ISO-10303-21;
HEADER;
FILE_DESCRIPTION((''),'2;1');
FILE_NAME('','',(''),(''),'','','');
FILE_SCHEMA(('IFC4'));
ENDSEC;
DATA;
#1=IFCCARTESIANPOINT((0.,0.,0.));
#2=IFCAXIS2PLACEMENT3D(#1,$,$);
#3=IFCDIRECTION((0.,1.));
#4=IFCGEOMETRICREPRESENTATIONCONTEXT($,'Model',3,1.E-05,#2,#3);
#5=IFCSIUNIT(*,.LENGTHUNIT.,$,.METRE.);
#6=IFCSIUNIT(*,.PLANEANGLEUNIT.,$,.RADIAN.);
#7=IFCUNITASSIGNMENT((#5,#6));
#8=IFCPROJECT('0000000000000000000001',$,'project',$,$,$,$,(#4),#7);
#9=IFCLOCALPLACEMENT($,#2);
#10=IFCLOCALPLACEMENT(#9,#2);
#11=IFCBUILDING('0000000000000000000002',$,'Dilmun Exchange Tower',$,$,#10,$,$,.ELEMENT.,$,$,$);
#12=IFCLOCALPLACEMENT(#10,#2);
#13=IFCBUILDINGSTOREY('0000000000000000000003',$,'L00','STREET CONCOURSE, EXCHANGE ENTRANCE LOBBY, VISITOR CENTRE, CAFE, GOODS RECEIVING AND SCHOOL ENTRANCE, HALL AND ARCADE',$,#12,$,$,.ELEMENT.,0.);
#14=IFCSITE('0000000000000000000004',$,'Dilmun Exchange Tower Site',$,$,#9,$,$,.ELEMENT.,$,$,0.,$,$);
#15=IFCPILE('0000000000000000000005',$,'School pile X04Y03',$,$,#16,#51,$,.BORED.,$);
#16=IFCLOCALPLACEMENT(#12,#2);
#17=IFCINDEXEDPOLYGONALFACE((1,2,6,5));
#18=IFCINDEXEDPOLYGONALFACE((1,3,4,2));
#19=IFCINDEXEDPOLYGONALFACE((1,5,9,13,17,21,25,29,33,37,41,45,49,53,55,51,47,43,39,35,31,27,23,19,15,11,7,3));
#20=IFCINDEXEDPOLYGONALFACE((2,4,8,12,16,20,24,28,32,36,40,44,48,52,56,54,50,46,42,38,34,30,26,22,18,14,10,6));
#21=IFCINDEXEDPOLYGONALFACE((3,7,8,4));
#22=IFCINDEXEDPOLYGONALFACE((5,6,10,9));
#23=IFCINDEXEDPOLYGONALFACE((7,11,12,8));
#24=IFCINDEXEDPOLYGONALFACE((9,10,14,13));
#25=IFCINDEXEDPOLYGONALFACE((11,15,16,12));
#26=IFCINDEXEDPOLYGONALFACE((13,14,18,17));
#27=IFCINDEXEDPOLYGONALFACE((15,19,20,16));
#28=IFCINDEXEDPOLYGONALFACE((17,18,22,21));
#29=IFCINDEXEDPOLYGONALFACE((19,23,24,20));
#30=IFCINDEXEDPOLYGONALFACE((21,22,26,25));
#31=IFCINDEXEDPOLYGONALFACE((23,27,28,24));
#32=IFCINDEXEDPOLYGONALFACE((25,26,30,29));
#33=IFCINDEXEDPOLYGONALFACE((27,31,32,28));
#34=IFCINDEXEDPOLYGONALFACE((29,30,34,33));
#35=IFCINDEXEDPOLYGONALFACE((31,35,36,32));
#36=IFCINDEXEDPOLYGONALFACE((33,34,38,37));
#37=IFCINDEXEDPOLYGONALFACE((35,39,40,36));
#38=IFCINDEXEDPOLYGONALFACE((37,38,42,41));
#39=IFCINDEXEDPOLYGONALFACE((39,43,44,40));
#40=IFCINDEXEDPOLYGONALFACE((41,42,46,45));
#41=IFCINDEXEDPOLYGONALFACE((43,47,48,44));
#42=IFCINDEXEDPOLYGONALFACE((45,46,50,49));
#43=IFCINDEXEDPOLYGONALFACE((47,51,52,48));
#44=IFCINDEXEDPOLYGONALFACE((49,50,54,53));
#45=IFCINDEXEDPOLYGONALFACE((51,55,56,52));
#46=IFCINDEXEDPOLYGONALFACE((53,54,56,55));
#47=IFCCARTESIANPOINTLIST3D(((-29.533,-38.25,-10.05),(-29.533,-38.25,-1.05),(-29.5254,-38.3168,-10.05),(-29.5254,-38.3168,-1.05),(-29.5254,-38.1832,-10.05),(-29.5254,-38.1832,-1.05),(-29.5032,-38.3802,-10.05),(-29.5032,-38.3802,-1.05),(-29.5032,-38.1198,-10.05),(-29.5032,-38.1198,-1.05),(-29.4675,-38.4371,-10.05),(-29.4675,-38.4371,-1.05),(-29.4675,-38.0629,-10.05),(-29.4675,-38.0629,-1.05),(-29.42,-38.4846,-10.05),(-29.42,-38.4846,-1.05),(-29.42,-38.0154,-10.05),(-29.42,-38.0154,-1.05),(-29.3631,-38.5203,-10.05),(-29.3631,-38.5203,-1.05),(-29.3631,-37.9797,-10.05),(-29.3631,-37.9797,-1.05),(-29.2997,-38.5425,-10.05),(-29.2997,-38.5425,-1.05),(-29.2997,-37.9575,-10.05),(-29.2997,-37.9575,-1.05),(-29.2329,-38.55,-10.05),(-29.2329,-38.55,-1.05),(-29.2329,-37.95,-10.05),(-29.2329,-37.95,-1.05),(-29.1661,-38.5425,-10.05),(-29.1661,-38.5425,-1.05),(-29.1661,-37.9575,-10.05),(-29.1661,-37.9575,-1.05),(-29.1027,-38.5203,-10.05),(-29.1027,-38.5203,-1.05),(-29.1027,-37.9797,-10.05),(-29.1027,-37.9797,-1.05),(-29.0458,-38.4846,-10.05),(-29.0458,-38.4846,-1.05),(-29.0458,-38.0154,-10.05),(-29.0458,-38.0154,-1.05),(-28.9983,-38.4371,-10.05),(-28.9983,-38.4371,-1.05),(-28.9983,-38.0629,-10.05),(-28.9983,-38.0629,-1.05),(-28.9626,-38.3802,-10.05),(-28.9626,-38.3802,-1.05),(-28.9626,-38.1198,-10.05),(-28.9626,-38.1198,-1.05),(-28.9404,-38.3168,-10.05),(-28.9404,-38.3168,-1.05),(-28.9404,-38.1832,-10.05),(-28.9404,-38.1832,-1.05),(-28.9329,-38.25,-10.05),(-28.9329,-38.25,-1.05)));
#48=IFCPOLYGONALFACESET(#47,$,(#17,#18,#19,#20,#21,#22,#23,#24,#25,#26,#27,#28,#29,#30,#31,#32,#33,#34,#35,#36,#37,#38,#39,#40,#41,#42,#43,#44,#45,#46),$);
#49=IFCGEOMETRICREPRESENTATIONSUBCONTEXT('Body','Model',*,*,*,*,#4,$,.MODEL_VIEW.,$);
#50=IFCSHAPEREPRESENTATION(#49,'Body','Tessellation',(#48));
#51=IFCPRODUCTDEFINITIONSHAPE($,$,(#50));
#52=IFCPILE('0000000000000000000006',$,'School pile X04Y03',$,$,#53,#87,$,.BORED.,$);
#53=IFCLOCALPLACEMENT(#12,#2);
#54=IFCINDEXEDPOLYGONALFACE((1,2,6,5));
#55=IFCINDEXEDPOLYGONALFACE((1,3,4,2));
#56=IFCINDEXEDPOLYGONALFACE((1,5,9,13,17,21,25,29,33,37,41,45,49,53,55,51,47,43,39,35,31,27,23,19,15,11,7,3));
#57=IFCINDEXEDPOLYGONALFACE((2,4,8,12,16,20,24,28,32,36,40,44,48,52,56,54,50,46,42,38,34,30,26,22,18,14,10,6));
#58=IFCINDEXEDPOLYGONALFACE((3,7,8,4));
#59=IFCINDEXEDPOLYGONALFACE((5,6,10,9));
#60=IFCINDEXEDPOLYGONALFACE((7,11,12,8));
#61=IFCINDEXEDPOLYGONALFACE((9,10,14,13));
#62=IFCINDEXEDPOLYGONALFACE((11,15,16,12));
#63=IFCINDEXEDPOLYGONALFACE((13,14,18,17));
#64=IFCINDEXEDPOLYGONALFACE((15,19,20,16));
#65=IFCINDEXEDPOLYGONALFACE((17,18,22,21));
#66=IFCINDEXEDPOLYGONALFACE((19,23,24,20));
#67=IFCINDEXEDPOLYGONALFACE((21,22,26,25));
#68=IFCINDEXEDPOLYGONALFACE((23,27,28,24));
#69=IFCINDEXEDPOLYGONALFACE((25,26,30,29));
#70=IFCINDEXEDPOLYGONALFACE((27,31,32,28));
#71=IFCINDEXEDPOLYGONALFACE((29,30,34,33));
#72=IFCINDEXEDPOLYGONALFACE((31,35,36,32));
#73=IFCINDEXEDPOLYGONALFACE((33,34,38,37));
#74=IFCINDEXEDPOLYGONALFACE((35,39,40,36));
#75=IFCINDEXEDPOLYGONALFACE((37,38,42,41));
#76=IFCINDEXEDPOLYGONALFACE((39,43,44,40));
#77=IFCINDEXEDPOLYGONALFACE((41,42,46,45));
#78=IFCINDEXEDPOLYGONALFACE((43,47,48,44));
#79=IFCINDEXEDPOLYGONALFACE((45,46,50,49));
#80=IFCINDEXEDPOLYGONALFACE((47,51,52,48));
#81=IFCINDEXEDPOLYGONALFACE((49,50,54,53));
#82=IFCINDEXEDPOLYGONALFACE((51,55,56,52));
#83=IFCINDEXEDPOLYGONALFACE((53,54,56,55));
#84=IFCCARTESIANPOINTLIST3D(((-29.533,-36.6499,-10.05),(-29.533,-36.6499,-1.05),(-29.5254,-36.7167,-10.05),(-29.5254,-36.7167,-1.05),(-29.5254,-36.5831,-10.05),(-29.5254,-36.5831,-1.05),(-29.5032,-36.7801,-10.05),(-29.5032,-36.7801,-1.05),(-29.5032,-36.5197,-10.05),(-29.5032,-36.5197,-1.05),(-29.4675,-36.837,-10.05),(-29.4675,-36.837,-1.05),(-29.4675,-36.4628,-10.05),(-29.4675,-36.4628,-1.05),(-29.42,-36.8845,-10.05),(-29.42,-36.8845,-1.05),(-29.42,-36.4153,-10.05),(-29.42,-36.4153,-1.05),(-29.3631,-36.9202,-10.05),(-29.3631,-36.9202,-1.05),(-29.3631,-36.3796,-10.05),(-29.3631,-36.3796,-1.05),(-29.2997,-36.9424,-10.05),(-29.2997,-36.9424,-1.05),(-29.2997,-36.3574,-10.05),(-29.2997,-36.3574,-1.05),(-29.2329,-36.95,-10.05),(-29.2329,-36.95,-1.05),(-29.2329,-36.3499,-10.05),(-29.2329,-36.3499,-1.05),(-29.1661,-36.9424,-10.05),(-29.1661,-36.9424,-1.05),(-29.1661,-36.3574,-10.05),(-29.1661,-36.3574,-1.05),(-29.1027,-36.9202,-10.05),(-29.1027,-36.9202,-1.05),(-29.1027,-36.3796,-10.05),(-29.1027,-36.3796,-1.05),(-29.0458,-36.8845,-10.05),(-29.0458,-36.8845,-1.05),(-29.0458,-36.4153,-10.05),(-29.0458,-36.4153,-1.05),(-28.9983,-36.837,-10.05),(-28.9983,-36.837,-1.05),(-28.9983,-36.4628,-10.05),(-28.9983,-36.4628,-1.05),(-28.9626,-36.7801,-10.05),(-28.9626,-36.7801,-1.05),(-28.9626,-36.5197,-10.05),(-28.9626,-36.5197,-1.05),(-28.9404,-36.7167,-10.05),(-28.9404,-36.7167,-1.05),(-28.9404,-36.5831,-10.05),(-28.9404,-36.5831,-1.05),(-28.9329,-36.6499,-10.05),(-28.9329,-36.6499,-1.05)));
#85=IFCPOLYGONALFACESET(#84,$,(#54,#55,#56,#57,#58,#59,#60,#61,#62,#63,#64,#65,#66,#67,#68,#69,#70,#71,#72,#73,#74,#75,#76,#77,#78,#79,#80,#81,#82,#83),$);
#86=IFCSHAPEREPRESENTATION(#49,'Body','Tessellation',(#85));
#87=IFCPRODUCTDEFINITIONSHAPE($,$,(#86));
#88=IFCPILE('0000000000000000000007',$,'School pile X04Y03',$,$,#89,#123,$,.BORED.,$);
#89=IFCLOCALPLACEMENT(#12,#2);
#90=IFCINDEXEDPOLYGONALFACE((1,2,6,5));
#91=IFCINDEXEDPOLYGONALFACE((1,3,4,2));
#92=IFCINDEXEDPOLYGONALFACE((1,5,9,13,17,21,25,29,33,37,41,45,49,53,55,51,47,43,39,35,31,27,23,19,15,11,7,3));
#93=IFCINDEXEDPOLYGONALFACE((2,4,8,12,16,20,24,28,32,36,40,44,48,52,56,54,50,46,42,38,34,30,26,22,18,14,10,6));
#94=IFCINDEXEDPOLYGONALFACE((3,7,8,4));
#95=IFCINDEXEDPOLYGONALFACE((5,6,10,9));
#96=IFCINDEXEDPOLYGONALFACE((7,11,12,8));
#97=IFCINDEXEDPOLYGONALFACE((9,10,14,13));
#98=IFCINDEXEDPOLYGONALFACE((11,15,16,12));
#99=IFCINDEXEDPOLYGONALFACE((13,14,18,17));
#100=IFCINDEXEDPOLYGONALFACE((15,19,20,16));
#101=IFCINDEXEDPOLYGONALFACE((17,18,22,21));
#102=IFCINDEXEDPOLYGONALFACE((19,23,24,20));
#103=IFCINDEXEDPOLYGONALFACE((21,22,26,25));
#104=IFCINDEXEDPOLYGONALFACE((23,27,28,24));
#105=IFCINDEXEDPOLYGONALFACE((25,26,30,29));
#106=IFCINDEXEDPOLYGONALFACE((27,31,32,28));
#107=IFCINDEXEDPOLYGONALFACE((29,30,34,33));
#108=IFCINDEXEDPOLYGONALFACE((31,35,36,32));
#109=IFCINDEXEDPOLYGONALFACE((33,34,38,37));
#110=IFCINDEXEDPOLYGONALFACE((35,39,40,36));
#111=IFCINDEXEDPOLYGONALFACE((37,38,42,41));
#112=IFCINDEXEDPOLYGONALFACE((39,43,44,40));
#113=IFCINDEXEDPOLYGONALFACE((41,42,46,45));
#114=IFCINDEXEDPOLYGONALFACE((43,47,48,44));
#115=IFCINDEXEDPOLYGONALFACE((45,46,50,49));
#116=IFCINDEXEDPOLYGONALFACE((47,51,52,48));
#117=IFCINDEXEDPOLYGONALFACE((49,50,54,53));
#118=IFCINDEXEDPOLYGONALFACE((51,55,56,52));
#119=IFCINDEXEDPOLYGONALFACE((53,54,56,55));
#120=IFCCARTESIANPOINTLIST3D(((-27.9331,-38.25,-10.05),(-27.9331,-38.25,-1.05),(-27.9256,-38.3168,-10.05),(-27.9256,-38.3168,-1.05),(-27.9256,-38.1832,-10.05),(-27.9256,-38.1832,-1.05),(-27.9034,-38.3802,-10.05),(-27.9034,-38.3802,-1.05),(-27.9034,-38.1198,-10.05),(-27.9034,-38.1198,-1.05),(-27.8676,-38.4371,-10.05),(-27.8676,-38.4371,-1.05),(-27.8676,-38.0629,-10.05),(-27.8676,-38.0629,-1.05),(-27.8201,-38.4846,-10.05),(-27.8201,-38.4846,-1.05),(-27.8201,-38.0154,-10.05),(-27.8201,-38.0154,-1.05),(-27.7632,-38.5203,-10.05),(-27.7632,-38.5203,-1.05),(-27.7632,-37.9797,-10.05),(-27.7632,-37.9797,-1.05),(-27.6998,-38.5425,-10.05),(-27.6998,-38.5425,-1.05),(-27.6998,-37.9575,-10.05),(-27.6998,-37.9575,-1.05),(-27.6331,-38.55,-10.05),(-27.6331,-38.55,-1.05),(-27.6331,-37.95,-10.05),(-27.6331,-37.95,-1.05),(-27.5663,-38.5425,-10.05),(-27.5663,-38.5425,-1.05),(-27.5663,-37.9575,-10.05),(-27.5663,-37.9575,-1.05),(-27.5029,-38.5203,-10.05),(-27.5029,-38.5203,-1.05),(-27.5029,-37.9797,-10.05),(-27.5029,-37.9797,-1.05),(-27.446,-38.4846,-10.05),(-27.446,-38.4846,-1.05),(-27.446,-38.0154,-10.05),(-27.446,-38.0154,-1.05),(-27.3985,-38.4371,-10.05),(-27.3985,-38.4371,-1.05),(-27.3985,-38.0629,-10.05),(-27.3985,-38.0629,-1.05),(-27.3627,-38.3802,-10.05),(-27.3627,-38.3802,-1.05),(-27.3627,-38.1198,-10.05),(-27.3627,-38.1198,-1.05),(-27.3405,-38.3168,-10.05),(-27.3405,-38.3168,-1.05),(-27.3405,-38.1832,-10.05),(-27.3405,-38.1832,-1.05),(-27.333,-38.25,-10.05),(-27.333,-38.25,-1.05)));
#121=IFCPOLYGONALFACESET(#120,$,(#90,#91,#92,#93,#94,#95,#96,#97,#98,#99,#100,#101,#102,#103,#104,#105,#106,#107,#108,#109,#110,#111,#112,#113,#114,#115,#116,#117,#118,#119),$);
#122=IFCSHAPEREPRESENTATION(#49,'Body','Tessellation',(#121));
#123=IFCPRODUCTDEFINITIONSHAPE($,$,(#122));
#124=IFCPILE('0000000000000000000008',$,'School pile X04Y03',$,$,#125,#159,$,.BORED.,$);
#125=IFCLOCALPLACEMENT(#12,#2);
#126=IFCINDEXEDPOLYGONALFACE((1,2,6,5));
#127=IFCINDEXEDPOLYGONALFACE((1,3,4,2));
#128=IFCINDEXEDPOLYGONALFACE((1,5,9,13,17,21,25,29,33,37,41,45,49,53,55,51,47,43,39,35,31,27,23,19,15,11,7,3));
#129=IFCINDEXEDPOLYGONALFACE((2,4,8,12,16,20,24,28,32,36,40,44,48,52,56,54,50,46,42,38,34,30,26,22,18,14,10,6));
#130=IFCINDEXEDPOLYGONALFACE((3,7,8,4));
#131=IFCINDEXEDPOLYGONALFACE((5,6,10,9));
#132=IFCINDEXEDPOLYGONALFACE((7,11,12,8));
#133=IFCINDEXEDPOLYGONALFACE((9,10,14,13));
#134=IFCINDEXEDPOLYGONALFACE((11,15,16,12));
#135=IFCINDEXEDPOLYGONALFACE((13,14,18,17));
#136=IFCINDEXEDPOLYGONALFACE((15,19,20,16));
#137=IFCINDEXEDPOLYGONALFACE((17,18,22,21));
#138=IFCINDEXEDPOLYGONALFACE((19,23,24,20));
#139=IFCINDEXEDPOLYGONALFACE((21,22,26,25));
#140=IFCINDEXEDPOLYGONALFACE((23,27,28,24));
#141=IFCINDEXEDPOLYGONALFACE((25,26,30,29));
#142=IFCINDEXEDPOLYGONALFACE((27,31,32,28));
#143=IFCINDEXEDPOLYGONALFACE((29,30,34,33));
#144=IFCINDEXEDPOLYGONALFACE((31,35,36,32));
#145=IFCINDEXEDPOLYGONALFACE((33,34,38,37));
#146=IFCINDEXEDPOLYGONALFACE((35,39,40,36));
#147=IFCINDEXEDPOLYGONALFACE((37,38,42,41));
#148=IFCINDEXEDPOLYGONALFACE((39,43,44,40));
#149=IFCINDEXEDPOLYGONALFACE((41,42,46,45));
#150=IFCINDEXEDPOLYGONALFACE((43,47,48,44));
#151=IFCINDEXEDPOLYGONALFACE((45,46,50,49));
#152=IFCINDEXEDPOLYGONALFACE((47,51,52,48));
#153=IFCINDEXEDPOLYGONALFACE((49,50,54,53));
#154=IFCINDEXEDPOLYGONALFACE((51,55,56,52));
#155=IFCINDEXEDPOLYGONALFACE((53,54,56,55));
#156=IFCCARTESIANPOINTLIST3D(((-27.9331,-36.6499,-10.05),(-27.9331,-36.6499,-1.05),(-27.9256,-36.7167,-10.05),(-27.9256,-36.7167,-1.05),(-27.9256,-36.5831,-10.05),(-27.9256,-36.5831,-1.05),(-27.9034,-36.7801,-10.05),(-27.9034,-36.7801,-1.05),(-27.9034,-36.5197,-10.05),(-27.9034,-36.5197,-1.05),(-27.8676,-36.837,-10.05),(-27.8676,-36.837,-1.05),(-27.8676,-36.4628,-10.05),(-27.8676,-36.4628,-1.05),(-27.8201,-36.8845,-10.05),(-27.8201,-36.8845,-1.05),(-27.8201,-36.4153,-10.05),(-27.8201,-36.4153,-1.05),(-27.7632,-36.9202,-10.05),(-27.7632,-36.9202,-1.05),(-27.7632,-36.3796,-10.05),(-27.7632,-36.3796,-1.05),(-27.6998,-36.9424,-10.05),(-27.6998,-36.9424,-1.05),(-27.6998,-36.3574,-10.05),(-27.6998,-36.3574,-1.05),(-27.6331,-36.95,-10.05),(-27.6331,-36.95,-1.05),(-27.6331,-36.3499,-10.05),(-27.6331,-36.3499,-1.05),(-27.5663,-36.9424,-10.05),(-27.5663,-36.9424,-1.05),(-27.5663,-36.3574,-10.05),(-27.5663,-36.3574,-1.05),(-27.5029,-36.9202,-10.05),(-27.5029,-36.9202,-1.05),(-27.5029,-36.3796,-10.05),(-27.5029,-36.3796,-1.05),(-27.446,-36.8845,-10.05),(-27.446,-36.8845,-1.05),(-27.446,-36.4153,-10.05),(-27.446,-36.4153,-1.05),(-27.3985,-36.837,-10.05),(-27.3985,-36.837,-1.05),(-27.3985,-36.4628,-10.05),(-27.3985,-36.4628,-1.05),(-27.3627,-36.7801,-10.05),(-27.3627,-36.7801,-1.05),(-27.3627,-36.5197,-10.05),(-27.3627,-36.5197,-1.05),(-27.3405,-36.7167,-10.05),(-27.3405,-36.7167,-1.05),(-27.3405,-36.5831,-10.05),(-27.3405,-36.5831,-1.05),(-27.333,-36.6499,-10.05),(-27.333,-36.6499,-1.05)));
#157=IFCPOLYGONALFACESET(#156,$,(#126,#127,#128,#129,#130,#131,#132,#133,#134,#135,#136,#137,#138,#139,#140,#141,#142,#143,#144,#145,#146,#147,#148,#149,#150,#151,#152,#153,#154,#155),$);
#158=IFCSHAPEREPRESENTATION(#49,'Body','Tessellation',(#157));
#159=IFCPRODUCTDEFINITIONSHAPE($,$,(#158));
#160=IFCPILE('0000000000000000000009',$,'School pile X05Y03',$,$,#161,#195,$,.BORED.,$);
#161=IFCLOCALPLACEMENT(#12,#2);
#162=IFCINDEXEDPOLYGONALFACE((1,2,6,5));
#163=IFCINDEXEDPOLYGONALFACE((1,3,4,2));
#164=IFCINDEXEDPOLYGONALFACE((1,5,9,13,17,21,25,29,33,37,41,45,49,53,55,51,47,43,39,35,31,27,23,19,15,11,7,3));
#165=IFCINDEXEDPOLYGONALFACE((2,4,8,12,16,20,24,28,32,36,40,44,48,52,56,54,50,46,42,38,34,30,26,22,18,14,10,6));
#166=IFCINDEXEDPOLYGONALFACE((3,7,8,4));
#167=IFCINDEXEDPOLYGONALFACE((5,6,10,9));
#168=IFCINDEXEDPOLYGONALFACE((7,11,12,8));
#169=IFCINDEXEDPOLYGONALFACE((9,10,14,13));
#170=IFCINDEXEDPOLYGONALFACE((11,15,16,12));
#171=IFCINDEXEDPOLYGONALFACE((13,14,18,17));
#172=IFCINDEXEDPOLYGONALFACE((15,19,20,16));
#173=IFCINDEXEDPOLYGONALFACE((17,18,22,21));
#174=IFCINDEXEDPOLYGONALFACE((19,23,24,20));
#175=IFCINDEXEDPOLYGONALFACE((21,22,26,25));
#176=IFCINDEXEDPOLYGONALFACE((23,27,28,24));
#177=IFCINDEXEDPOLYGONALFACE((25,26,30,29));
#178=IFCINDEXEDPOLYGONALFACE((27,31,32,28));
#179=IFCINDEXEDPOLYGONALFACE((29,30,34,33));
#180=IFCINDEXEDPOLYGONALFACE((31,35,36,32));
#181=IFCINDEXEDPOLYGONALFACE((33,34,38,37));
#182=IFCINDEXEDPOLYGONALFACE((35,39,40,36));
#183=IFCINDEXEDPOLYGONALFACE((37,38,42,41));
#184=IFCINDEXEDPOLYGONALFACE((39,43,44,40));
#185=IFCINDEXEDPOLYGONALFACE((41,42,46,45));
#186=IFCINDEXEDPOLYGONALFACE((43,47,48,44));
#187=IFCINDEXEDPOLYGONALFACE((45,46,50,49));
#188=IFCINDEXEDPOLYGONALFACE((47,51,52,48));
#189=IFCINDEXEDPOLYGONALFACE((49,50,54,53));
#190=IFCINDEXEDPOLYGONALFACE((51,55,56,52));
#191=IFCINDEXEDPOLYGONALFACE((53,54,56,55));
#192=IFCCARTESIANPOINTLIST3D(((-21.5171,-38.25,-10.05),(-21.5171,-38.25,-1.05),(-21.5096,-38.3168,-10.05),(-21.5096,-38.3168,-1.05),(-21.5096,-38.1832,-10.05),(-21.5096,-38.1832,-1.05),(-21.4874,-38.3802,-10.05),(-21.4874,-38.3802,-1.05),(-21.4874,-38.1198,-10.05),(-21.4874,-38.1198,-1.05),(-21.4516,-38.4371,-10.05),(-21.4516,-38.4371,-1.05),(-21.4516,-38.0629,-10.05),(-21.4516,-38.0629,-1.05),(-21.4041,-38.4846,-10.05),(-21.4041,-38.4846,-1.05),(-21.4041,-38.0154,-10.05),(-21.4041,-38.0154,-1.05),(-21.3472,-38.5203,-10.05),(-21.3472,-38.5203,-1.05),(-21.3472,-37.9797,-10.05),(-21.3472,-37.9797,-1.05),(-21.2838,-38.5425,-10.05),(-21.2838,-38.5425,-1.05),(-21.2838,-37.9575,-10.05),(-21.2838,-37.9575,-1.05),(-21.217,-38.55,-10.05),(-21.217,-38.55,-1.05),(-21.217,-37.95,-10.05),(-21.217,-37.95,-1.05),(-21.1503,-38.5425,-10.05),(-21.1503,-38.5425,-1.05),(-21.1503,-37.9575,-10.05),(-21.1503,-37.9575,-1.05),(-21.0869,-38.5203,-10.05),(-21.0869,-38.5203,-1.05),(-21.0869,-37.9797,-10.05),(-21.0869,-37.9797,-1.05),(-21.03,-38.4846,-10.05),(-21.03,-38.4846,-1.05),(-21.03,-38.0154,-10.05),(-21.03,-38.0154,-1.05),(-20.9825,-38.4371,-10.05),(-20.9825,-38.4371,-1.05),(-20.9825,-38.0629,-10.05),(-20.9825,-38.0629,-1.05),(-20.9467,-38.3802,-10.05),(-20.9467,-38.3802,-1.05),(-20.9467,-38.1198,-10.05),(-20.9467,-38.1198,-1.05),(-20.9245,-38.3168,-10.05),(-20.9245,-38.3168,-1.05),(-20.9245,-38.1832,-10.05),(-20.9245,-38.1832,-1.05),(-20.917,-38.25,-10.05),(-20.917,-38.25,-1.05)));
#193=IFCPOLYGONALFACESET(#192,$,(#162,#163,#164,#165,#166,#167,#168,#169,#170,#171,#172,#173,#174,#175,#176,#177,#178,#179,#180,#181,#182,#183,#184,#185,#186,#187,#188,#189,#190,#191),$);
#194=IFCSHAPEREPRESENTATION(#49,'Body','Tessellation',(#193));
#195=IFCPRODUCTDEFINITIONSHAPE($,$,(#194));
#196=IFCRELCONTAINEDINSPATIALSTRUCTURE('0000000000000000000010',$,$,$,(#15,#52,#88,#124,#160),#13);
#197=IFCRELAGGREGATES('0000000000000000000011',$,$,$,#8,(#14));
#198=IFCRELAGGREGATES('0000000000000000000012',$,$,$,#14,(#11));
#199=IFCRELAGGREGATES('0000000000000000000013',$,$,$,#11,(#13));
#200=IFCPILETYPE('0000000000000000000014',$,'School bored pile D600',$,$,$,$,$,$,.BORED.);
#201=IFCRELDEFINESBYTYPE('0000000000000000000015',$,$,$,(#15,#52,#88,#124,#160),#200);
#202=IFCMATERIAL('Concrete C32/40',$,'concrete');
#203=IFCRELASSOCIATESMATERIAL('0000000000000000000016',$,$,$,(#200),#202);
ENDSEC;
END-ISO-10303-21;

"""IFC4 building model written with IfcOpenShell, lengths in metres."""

from ifc_helpers import new_model, si_unit, direction, frame, origin, origin_2d, place, context, subcontext, project, spatial, circle, extrude, material, material_profile, profile_set, type_object, element, save


model = new_model("IFC4")

# Units and contexts
model_context = context("Model", 3, precision=1e-05, world=origin(), true_north=direction((0.0, 1.0)))
body_context = subcontext(model_context, "Body", "Model", "MODEL_VIEW")
ifc_project = project(units=[si_unit("LENGTHUNIT", "METRE"), si_unit("PLANEANGLEUNIT", "RADIAN")], contexts=[model_context])

# Site, building, storey
site_placement = place(None, origin())
site = spatial("IfcSite", under=ifc_project, at=site_placement, Name="Dilmun Exchange Tower Site", CompositionType="ELEMENT", RefElevation=0.0)
building_placement = place(site_placement, origin())
building = spatial("IfcBuilding", under=site, at=building_placement, Name="Dilmun Exchange Tower", CompositionType="ELEMENT")
storey_placement = place(building_placement, origin())
storey = spatial("IfcBuildingStorey", under=building, at=storey_placement, Name="L00", Description="STREET CONCOURSE, EXCHANGE ENTRANCE LOBBY, VISITOR CENTRE, CAFE, GOODS RECEIVING AND SCHOOL ENTRANCE, HALL AND ARCADE", CompositionType="ELEMENT", Elevation=0.0)

# Piles
ifc_material_1 = material(Name="Concrete C32/40", Category="concrete")
ifc_material_profile_1 = material_profile(ifc_material_1, circle(Radius=0.3, at=origin_2d()), Name="D600")
ifc_profile_set_1 = profile_set([ifc_material_profile_1], Name="Concrete C32/40")
pile_type = type_object("IfcPileType", Name="School bored pile D600", PredefinedType="BORED", material=ifc_profile_set_1)
for number, where, z_axis, x_axis, name in (
    (1, (-29.2329, -38.25, -1.05), (0.0, 0.0, -1.0), (1.0, 0.0, 0.0), "School pile X04Y03"),
    (2, (-29.2329, -36.6499, -1.05), (0.0, 0.0, -1.0), (1.0, 0.0, 0.0), "School pile X04Y03"),
    (3, (-27.6331, -38.25, -1.05), (0.0, 0.0, -1.0), (1.0, 0.0, 0.0), "School pile X04Y03"),
    (4, (-27.6331, -36.6499, -1.05), (0.0, 0.0, -1.0), (1.0, 0.0, 0.0), "School pile X04Y03"),
    (5, (-21.217, -38.25, -1.05), (0.0, 0.0, -1.0), (1.0, 0.0, 0.0), "School pile X05Y03"),
):
    element("IfcPile", number, at=place(storey_placement, frame(where, z_axis=z_axis, x_axis=x_axis)), inside=storey, type_object=pile_type, Name=name, PredefinedType="BORED", context=body_context, shape_type="SweptSolid", body=[
        extrude(circle(Radius=0.3, at=origin_2d()), origin(), (0.0, 0.0, 1.0), 9.0),
    ])

save(model, "model.ifc")
